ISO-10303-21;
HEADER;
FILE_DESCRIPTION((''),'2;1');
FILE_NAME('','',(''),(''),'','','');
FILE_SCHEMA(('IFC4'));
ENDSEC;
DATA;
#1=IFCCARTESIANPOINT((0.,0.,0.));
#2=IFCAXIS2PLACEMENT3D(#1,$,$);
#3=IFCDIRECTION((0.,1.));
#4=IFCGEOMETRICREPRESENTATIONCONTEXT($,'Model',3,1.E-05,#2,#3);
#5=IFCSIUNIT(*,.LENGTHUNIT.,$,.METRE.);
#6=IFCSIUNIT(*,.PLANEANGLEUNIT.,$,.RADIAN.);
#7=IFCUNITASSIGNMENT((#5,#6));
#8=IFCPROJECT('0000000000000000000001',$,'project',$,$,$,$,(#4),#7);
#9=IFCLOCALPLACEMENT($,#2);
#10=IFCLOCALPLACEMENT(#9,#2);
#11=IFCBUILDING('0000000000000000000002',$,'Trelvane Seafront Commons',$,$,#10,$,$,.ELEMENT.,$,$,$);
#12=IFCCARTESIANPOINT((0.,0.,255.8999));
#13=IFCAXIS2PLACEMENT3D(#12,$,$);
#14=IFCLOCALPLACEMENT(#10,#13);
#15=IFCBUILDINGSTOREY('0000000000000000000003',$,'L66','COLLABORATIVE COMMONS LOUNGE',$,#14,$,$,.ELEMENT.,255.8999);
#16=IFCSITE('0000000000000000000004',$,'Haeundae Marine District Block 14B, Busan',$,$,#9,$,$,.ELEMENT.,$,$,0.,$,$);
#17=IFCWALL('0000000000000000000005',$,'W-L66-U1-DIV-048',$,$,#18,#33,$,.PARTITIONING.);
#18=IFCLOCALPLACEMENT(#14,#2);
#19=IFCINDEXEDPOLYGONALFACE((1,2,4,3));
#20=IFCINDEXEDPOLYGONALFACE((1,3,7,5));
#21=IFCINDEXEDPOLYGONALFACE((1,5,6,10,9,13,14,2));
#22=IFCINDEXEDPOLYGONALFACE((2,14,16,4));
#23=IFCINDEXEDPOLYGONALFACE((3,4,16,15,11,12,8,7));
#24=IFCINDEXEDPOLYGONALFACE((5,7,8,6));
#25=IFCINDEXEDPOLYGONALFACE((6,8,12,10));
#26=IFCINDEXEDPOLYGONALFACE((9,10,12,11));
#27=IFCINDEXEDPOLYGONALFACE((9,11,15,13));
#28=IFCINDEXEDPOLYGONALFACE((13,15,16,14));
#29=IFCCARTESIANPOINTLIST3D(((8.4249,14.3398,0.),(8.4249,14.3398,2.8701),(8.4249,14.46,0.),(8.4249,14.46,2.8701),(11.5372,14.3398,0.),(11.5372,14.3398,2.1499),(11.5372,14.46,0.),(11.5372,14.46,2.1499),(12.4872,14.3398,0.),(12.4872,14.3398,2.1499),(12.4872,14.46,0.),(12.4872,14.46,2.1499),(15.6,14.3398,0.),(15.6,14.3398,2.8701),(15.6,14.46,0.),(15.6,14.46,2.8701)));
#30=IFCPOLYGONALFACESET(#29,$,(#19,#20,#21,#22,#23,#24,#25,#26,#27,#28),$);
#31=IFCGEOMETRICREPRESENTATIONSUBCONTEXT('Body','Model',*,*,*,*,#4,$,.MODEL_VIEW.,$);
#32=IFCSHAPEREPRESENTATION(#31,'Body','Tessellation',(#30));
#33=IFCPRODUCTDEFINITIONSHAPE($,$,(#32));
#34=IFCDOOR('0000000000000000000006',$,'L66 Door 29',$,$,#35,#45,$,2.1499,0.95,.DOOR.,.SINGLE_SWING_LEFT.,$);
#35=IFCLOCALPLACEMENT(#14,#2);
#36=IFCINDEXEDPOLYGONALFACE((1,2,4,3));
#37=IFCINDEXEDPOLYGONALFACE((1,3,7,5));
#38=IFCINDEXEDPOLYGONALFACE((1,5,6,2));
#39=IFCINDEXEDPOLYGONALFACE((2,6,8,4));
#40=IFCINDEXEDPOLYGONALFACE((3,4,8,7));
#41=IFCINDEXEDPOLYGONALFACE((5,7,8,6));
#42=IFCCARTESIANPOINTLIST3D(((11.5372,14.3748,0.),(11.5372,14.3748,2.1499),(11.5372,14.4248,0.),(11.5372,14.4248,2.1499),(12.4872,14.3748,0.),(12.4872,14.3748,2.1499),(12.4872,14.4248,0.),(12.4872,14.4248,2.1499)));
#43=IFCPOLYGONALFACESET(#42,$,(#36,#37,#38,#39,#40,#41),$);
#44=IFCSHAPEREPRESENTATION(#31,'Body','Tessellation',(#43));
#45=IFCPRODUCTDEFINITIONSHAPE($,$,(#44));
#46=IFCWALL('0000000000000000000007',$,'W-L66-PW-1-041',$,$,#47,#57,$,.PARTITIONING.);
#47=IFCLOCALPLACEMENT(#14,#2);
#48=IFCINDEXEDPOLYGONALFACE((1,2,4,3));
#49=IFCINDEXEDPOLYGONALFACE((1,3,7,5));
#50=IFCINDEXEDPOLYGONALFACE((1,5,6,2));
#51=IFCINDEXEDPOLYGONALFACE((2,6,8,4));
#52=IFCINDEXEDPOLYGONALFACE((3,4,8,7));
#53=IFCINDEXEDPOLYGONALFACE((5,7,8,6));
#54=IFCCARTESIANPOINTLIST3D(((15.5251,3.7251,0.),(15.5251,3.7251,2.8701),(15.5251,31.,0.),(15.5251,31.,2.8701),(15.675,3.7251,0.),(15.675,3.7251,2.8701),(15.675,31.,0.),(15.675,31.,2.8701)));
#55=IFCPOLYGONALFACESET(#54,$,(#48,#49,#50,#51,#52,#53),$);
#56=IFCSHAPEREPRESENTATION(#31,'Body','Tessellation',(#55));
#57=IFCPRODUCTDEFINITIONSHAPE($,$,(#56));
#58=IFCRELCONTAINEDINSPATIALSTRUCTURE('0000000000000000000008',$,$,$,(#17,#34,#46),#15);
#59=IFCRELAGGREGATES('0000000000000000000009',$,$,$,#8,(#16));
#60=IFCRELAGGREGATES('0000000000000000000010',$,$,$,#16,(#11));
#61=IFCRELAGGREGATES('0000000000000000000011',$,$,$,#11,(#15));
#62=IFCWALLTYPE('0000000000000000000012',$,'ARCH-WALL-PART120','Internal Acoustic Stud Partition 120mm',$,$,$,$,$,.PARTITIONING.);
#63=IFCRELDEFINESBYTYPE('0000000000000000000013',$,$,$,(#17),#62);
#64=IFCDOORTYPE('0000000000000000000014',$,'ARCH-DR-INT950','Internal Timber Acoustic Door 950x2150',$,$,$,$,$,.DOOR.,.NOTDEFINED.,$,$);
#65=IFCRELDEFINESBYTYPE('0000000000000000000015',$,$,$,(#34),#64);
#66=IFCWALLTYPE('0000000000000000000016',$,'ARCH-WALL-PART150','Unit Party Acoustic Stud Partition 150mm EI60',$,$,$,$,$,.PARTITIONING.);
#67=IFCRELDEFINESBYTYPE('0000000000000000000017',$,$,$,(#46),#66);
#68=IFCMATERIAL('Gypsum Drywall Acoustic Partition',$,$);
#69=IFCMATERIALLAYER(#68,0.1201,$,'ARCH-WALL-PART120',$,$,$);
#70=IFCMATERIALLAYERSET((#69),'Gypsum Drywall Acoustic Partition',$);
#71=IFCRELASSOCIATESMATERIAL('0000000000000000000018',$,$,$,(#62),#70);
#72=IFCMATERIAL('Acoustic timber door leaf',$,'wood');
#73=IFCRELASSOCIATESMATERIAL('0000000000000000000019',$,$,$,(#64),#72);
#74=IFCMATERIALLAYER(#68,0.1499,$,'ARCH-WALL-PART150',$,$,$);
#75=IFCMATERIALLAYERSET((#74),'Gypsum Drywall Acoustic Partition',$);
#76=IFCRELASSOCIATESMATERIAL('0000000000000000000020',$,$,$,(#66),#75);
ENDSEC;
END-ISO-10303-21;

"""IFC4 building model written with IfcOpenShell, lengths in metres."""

from ifc_helpers import new_model, si_unit, direction, frame, frame_2d, origin, place, context, subcontext, project, spatial, rectangle, extrude, source, transform, mapped, material, layer, layer_set, type_object, element, fill, save


model = new_model("IFC4")

# Units and contexts
model_context = context("Model", 3, precision=1e-05, world=origin(), true_north=direction((0.0, 1.0)))
body_context = subcontext(model_context, "Body", "Model", "MODEL_VIEW")
ifc_project = project(units=[si_unit("LENGTHUNIT", "METRE"), si_unit("PLANEANGLEUNIT", "RADIAN")], contexts=[model_context])

# Site, building, storey
site_placement = place(None, origin())
site = spatial("IfcSite", under=ifc_project, at=site_placement, Name="Haeundae Marine District Block 14B, Busan", CompositionType="ELEMENT", RefElevation=0.0)
building_placement = place(site_placement, origin())
building = spatial("IfcBuilding", under=site, at=building_placement, Name="Trelvane Seafront Commons", CompositionType="ELEMENT")
storey_placement = place(building_placement, frame((0.0, 0.0, 255.8999)))
storey = spatial("IfcBuildingStorey", under=building, at=storey_placement, Name="L66", Description="COLLABORATIVE COMMONS LOUNGE", CompositionType="ELEMENT", Elevation=255.8999)

# Wall, opening, door
ifc_material_1 = material(Name="Gypsum Drywall Acoustic Partition")
ifc_layer_1 = layer(ifc_material_1, 0.1201, Name="ARCH-WALL-PART120")
ifc_layer_set_1 = layer_set([ifc_layer_1], Name="Gypsum Drywall Acoustic Partition")
wall_type_1 = type_object("IfcWallType", Name="ARCH-WALL-PART120", Description="Internal Acoustic Stud Partition 120mm", PredefinedType="PARTITIONING", material=ifc_layer_set_1)
wall_1_placement = place(storey_placement, frame((8.425, 14.3999, 0.0), z_axis=(0.0, 0.0, 1.0), x_axis=(1.0, 0.0, 0.0)))
wall_1 = element("IfcWall", 1, at=wall_1_placement, inside=storey, type_object=wall_type_1, Name="W-L66-U1-DIV-048", PredefinedType="PARTITIONING", context=body_context, shape_type="SweptSolid", body=[
    extrude(rectangle(XDim=7.175, YDim=0.1201, at=frame_2d((3.5874, 0.0))), origin(), (0.0, 0.0, 1.0), 2.8701),
])
opening_1_placement = place(wall_1_placement, frame((3.1121, 0.0, 0.0)))
opening_1 = element("IfcOpeningElement", 2, at=opening_1_placement, cuts=wall_1, PredefinedType="OPENING", context=body_context, shape_type="SweptSolid", body=[
    extrude(rectangle(XDim=0.95, YDim=2.1499, at=frame_2d((0.4751, 1.075))), frame((0.0, 0.0701, 0.0), z_axis=(0.0, -1.0, 0.0), x_axis=(1.0, 0.0, 0.0)), (0.0, 0.0, 1.0), 0.1401),
])
ifc_material_2 = material(Name="Acoustic timber door leaf", Category="wood")
door_type = type_object("IfcDoorType", Name="ARCH-DR-INT950", Description="Internal Timber Acoustic Door 950x2150", OperationType="NOTDEFINED", PredefinedType="DOOR", material=ifc_material_2)
shared_shape_1 = source(origin(), body_context, "Body", "SweptSolid", [
    extrude(rectangle(XDim=0.95, YDim=2.1499, at=frame_2d((0.4751, 1.075))), frame((0.0, 0.0249, 0.0), z_axis=(0.0, -1.0, 0.0), x_axis=(1.0, 0.0, 0.0)), (0.0, 0.0, 1.0), 0.05),
])
door_placement = place(opening_1_placement, origin())
door = element("IfcDoor", 3, at=door_placement, inside=storey, type_object=door_type, Name="L66 Door 29", OperationType="SINGLE_SWING_LEFT", OverallHeight=2.1499, OverallWidth=0.95, PredefinedType="DOOR", context=body_context, shape_type="MappedRepresentation", body=[
    mapped(shared_shape_1, transform((0.0, 0.0, 0.0), x_axis=(1.0, 0.0, 0.0), y_axis=(0.0, 1.0, 0.0), z_axis=(0.0, 0.0, 1.0), scale=1.0)),
])
fill(opening_1, door)

# Wall
ifc_layer_2 = layer(ifc_material_1, 0.1499, Name="ARCH-WALL-PART150")
ifc_layer_set_2 = layer_set([ifc_layer_2], Name="Gypsum Drywall Acoustic Partition")
wall_type_2 = type_object("IfcWallType", Name="ARCH-WALL-PART150", Description="Unit Party Acoustic Stud Partition 150mm EI60", PredefinedType="PARTITIONING", material=ifc_layer_set_2)
wall_2_placement = place(storey_placement, frame((15.6001, 3.7251, 0.0), z_axis=(0.0, 0.0, 1.0), x_axis=(0.0, 1.0, 0.0)))
element("IfcWall", 4, at=wall_2_placement, inside=storey, type_object=wall_type_2, Name="W-L66-PW-1-041", PredefinedType="PARTITIONING", context=body_context, shape_type="SweptSolid", body=[
    extrude(rectangle(XDim=27.2749, YDim=0.1499, at=frame_2d((13.6375, 0.0))), origin(), (0.0, 0.0, 1.0), 2.8701),
])

save(model, "model.ifc")
